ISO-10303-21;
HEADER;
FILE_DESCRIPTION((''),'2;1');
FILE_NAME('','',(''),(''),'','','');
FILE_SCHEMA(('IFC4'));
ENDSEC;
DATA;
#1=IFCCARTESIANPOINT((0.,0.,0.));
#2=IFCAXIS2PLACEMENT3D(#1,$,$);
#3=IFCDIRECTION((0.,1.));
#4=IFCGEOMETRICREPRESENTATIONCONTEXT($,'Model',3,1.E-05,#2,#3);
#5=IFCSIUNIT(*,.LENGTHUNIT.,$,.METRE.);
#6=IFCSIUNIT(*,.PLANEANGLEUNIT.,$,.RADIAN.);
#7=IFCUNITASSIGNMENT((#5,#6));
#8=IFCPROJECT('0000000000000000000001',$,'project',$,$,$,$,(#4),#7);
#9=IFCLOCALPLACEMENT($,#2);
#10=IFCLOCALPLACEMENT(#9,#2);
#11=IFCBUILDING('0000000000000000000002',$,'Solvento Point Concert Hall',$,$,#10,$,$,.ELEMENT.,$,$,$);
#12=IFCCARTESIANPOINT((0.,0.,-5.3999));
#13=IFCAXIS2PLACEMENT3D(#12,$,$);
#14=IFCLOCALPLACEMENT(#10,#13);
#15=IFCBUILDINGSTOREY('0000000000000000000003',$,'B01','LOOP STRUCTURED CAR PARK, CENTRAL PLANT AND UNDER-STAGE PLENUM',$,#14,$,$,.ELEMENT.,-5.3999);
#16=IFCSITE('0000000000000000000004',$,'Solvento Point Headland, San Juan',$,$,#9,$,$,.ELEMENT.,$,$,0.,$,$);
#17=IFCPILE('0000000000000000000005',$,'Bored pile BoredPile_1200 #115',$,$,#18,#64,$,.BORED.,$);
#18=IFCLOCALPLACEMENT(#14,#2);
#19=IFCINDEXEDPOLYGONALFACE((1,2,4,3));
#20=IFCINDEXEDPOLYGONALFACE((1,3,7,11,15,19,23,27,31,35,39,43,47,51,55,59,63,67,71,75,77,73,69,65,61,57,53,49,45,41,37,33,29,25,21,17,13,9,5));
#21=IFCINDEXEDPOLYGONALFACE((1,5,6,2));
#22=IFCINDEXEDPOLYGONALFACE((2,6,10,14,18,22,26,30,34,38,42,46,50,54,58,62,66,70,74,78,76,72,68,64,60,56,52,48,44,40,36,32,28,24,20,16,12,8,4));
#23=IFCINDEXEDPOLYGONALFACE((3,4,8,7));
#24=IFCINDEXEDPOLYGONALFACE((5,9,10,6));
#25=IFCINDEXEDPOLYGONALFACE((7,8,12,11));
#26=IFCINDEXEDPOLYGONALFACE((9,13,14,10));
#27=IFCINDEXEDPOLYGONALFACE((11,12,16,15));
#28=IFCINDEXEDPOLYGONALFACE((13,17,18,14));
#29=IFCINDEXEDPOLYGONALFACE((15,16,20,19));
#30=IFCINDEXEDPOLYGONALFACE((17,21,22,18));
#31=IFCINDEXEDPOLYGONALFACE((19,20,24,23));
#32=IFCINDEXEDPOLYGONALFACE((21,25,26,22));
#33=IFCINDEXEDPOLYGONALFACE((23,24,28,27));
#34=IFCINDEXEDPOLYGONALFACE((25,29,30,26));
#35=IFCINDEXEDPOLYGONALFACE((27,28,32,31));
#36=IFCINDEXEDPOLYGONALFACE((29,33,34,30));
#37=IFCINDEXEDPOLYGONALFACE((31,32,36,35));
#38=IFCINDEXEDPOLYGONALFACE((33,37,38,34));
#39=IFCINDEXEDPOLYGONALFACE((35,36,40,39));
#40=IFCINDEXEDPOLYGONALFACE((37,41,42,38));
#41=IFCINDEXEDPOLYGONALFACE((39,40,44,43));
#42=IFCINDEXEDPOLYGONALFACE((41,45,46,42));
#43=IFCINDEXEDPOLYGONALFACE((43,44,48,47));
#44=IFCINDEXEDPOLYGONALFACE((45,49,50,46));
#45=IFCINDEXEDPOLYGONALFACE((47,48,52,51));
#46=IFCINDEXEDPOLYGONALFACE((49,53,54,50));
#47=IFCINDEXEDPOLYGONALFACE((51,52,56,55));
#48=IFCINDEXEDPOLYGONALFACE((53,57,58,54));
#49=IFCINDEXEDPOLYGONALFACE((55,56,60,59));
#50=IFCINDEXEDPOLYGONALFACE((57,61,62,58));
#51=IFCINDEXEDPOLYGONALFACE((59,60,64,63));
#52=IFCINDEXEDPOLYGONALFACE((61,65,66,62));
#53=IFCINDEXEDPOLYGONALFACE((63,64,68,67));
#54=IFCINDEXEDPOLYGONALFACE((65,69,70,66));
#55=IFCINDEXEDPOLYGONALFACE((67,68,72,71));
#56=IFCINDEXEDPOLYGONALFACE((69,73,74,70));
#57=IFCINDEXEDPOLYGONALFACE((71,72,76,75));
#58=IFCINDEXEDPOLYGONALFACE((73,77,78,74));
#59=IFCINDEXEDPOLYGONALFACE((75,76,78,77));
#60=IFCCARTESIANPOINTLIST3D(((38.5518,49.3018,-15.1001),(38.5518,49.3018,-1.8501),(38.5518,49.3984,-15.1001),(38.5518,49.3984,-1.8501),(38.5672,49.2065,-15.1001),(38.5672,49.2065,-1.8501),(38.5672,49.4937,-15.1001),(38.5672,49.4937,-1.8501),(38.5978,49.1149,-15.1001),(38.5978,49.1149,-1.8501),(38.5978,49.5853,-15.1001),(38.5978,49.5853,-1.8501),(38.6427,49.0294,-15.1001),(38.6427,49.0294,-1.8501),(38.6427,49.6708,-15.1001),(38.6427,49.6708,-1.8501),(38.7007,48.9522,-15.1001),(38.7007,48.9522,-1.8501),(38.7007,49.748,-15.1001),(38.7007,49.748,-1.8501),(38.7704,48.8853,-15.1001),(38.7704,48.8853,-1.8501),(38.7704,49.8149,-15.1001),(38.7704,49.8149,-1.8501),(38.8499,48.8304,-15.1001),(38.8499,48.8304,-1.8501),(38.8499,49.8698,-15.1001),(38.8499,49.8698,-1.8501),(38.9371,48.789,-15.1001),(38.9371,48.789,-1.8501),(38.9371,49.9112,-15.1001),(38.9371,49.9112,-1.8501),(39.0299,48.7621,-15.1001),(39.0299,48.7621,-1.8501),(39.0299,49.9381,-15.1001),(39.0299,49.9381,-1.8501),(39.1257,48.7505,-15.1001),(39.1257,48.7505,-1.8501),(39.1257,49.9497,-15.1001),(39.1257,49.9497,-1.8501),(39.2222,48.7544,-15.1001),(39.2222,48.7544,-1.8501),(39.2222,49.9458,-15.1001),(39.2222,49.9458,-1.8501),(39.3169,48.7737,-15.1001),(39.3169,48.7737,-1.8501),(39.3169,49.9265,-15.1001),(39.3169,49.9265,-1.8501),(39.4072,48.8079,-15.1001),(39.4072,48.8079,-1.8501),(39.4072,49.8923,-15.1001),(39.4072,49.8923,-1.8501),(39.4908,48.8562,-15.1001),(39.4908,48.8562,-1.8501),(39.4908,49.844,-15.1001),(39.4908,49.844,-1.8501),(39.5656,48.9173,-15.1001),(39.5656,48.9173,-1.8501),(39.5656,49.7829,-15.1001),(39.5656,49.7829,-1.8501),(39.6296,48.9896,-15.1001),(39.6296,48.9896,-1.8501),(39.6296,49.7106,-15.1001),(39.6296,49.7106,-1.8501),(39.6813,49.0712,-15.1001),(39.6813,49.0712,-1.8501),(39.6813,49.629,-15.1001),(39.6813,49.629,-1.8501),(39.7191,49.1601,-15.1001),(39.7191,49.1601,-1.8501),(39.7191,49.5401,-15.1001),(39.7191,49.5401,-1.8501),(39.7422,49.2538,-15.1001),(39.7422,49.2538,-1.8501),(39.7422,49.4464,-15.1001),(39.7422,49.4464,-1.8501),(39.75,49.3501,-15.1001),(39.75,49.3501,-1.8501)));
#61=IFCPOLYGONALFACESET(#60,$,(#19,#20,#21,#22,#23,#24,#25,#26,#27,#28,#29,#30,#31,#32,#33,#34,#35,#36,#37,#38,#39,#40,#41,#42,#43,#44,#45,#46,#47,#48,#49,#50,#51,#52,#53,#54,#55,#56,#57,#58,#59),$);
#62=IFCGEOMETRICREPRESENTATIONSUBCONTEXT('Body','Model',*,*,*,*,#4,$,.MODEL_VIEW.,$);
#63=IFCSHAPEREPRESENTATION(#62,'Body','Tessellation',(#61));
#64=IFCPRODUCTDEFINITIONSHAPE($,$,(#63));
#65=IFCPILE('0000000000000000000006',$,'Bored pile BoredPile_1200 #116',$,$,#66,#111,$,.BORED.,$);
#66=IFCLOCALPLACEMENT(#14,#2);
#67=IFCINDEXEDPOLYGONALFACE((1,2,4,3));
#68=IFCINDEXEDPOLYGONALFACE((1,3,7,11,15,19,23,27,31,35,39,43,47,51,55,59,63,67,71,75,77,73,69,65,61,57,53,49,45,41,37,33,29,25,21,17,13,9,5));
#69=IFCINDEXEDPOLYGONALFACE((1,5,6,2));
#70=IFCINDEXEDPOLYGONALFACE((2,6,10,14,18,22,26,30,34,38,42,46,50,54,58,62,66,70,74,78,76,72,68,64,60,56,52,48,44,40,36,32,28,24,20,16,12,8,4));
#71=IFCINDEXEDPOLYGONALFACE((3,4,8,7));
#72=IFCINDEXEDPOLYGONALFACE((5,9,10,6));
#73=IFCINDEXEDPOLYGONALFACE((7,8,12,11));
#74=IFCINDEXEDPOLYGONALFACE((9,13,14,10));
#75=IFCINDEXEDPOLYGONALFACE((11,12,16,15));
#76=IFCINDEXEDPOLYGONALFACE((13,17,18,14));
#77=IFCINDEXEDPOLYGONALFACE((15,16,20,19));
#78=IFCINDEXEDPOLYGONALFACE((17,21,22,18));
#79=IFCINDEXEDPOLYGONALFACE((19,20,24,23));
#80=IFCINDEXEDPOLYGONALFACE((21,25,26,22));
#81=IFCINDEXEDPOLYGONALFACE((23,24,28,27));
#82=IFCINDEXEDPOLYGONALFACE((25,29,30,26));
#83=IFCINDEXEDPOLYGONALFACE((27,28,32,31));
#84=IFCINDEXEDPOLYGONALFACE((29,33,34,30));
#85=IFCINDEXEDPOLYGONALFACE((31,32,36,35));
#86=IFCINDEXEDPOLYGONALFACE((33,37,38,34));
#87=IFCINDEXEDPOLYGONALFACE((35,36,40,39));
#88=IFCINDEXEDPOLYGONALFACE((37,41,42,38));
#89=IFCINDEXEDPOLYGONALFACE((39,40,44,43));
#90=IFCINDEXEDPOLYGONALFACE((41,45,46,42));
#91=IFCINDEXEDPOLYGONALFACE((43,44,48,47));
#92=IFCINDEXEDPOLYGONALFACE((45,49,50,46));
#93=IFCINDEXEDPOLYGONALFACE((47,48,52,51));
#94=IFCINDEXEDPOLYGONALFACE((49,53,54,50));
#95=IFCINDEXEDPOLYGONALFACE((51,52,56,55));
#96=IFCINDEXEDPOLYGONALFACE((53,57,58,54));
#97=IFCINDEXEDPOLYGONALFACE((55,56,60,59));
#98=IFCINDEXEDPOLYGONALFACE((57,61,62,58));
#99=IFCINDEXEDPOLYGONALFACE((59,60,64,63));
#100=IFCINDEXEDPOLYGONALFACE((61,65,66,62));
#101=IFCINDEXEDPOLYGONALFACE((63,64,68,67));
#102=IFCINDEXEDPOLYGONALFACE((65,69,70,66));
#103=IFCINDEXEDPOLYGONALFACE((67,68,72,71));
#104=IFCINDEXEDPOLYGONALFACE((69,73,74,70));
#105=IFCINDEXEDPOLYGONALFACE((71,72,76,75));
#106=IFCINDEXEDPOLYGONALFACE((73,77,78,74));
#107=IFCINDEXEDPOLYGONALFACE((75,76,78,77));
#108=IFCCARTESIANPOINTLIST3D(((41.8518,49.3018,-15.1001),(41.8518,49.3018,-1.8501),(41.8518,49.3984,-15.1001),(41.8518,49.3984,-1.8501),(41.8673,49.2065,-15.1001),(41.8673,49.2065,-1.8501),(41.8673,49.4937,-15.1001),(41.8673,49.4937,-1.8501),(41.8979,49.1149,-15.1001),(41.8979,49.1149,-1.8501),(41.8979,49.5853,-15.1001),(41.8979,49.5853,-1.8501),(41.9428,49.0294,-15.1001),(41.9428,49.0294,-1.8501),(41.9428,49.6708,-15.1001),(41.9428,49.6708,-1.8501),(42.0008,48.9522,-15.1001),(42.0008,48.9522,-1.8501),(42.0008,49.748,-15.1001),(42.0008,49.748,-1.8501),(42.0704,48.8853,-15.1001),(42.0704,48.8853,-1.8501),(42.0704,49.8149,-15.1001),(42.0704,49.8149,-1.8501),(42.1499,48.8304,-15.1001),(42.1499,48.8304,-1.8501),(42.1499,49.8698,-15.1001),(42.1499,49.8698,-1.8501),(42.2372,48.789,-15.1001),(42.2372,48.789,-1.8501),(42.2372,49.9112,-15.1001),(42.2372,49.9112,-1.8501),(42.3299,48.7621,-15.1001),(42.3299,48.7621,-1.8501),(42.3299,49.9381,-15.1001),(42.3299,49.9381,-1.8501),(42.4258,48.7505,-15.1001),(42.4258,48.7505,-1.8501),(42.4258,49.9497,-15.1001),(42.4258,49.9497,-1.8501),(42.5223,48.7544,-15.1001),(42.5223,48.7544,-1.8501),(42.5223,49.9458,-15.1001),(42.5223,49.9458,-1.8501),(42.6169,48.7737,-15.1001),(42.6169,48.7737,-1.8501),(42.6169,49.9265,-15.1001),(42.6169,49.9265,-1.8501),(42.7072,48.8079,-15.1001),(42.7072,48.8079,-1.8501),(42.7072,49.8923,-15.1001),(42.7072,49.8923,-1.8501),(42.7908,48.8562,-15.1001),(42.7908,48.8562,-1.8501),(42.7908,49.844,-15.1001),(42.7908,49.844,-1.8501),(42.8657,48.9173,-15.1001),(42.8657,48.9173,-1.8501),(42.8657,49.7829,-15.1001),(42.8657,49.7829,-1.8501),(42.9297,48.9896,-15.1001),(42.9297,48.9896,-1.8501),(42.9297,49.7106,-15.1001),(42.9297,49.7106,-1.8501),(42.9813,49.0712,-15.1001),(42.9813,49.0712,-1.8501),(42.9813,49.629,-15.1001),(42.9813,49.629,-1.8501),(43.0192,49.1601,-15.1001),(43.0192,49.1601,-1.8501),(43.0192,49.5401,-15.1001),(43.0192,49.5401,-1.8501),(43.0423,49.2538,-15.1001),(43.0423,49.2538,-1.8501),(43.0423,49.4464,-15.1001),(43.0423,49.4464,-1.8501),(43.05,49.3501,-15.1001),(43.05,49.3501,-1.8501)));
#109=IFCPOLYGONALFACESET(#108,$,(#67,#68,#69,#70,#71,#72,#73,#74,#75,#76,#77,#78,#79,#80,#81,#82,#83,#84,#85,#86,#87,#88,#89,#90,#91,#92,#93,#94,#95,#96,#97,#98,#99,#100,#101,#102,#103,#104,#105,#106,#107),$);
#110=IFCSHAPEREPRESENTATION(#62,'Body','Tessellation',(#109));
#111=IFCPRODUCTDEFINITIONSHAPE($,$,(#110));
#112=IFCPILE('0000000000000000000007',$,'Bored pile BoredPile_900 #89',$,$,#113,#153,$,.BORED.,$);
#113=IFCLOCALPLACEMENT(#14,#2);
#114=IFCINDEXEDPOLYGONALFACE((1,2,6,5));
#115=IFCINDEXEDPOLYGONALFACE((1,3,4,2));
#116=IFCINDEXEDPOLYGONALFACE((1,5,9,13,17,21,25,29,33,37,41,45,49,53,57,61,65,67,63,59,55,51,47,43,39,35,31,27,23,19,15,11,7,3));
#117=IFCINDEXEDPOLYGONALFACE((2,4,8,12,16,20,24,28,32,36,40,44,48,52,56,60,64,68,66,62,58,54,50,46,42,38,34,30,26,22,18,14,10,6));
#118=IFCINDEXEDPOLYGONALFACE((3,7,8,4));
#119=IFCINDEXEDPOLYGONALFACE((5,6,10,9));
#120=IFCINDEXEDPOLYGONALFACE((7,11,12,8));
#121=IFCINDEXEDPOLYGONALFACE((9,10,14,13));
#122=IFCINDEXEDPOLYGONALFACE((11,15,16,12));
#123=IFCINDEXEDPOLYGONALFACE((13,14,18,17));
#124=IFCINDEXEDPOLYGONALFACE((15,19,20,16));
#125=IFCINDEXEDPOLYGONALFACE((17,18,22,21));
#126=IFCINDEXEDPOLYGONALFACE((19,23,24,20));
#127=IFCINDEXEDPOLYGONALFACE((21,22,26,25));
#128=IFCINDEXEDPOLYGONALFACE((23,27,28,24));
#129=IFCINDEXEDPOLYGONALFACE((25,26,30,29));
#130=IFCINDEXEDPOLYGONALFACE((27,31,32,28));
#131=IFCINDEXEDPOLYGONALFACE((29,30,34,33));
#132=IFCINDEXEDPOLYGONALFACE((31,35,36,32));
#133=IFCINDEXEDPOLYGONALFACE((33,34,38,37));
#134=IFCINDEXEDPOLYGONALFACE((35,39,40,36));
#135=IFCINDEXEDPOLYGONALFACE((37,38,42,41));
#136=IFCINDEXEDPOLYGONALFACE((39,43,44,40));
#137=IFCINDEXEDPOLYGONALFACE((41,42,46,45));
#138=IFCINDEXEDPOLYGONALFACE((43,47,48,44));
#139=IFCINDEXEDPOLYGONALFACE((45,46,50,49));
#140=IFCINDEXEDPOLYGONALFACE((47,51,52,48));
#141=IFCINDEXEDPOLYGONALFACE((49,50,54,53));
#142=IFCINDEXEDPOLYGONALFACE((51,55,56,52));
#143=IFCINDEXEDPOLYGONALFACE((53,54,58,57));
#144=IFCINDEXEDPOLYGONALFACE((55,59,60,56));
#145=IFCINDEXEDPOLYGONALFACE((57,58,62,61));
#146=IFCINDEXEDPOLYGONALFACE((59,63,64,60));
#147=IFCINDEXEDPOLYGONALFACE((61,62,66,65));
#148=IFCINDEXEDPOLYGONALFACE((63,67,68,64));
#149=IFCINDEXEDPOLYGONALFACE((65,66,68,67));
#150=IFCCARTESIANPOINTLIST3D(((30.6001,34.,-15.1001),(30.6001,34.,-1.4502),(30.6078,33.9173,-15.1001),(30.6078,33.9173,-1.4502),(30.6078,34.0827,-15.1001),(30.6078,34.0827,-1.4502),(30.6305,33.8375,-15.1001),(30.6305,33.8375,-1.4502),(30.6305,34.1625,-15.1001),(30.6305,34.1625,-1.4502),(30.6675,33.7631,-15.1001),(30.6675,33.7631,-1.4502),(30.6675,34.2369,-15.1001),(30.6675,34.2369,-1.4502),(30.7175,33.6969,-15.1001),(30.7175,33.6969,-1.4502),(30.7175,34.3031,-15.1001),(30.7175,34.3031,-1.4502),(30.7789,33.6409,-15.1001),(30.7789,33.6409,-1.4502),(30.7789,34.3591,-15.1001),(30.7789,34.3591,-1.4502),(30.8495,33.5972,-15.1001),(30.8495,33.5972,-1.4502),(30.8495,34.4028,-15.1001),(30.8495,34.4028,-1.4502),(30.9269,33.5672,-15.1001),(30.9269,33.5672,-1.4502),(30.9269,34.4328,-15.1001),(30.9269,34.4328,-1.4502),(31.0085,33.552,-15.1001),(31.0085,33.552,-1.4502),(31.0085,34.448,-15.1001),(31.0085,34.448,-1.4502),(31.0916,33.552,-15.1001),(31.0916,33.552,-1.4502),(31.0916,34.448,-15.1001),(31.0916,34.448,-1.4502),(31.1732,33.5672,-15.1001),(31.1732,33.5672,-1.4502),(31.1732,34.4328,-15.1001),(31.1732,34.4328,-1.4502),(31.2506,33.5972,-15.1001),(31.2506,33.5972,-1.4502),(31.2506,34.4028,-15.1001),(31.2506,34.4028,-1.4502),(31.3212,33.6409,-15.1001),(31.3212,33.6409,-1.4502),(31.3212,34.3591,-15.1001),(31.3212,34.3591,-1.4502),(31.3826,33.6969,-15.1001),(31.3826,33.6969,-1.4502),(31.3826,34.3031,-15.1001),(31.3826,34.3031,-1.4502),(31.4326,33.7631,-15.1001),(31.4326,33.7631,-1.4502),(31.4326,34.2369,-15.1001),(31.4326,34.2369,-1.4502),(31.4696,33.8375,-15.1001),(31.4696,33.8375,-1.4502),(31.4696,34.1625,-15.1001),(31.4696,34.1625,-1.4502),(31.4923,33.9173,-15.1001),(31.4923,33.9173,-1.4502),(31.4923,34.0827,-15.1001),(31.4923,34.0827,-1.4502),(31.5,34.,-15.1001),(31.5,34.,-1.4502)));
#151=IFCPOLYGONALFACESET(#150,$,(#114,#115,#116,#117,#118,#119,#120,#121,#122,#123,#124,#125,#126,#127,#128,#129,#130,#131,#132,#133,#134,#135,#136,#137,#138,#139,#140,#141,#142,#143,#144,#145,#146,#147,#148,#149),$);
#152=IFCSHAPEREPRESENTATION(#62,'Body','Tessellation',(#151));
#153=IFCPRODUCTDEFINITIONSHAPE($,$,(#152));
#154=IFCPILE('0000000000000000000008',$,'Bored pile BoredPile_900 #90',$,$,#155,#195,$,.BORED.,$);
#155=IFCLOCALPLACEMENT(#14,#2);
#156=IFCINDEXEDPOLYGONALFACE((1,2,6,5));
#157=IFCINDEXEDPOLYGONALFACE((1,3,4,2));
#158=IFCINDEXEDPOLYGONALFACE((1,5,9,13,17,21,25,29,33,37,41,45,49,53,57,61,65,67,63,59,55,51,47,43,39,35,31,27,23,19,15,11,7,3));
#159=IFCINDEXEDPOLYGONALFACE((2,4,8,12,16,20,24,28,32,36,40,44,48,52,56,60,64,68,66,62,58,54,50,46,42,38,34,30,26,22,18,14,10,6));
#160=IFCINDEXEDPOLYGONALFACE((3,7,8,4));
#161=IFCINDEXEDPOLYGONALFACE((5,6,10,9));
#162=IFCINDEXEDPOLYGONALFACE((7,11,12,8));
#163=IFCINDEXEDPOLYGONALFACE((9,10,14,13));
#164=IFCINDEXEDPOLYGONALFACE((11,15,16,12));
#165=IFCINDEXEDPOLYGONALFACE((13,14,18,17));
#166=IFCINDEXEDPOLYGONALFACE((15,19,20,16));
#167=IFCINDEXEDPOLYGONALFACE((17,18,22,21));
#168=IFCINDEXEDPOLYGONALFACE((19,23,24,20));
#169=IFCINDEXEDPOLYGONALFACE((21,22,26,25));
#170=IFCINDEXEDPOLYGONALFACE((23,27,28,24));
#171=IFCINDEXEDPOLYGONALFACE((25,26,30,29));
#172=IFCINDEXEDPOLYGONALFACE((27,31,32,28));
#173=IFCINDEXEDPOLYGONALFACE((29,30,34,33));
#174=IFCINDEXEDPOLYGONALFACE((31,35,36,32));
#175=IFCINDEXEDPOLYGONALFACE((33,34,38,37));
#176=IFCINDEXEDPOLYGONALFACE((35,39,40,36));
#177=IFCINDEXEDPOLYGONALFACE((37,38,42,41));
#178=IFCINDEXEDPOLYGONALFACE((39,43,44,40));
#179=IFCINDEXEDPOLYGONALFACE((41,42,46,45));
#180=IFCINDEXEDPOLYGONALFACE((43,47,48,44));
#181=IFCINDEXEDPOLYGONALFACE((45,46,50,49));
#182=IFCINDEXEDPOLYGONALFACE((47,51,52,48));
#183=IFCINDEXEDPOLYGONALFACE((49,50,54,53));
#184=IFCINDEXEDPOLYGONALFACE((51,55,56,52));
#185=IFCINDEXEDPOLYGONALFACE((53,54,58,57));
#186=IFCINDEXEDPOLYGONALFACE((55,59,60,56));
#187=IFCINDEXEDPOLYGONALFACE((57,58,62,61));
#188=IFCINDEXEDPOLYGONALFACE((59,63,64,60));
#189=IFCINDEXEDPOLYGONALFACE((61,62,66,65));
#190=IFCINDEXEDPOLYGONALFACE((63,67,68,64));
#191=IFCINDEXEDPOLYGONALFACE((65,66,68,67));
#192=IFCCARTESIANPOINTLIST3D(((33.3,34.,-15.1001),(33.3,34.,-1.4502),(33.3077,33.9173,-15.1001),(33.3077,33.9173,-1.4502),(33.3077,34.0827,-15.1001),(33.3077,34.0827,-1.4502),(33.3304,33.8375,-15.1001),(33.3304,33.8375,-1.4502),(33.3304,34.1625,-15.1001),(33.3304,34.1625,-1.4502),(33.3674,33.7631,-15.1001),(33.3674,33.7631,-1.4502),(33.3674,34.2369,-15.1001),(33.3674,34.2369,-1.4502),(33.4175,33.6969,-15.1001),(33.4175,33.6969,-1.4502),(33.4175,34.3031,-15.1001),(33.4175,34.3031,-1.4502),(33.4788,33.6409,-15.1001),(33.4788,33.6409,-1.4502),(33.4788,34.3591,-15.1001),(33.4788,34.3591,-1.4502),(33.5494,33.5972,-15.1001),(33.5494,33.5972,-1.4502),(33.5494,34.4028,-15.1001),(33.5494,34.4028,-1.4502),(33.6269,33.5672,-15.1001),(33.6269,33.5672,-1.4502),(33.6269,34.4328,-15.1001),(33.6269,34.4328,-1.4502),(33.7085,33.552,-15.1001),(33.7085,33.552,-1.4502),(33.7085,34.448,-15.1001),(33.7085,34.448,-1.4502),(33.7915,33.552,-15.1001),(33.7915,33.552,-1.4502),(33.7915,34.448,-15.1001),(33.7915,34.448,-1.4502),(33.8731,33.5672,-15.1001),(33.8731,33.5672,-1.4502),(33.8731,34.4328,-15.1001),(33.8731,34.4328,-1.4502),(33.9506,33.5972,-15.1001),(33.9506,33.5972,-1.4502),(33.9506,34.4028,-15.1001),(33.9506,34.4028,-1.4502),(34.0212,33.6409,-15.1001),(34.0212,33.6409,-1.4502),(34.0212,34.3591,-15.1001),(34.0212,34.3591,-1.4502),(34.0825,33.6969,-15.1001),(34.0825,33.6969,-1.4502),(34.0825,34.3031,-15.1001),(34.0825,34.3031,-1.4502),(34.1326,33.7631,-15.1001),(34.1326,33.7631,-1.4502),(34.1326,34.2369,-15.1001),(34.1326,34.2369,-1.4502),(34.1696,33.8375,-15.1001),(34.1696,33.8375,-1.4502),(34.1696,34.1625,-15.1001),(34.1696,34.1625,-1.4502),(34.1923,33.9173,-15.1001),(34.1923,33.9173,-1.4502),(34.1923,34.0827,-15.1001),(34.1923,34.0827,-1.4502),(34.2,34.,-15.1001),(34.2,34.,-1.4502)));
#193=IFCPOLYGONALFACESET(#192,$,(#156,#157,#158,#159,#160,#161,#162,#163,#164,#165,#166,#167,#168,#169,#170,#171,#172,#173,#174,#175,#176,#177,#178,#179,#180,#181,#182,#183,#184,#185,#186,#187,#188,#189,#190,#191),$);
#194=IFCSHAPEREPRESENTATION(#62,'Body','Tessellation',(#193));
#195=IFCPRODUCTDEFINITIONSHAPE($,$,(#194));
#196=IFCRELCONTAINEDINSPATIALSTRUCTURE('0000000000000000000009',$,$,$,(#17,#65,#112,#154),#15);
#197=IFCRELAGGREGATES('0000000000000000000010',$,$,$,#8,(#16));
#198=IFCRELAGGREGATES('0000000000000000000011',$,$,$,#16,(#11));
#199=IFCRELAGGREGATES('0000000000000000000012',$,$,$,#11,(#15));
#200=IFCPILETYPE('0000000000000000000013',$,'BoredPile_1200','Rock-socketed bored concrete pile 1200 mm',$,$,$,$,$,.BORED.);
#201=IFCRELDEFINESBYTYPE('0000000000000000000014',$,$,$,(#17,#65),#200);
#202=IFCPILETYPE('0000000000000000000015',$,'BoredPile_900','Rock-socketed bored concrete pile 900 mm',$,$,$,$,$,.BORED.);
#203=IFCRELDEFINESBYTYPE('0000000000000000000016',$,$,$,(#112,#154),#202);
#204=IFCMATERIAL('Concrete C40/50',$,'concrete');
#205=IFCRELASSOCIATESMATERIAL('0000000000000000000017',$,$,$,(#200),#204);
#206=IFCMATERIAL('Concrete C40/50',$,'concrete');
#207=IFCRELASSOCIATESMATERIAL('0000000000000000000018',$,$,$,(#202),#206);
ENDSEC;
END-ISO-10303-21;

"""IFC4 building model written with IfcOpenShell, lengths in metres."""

from ifc_helpers import new_model, si_unit, direction, frame, origin, origin_2d, place, context, subcontext, project, spatial, circle, extrude, material, material_profile, profile_set, type_object, element, save


model = new_model("IFC4")

# Units and contexts
model_context = context("Model", 3, precision=1e-05, world=origin(), true_north=direction((0.0, 1.0)))
body_context = subcontext(model_context, "Body", "Model", "MODEL_VIEW")
ifc_project = project(units=[si_unit("LENGTHUNIT", "METRE"), si_unit("PLANEANGLEUNIT", "RADIAN")], contexts=[model_context])

# Site, building, storey
site_placement = place(None, origin())
site = spatial("IfcSite", under=ifc_project, at=site_placement, Name="Solvento Point Headland, San Juan", CompositionType="ELEMENT", RefElevation=0.0)
building_placement = place(site_placement, origin())
building = spatial("IfcBuilding", under=site, at=building_placement, Name="Solvento Point Concert Hall", CompositionType="ELEMENT")
storey_placement = place(building_placement, frame((0.0, 0.0, -5.3999)))
storey = spatial("IfcBuildingStorey", under=building, at=storey_placement, Name="B01", Description="LOOP STRUCTURED CAR PARK, CENTRAL PLANT AND UNDER-STAGE PLENUM", CompositionType="ELEMENT", Elevation=-5.3999)

# Piles
ifc_material_1 = material(Name="Concrete C40/50", Category="concrete")
ifc_material_profile_1 = material_profile(ifc_material_1, circle(Radius=0.6001, at=origin_2d()), Name="BP-1200")
ifc_profile_set_1 = profile_set([ifc_material_profile_1], Name="Concrete C40/50")
pile_type_1 = type_object("IfcPileType", Name="BoredPile_1200", Description="Rock-socketed bored concrete pile 1200 mm", PredefinedType="BORED", material=ifc_profile_set_1)
for number, where, z_axis, x_axis, name in (
    (1, (39.1499, 49.3501, -1.8501), (0.0, 0.0, -1.0), (1.0, 0.0, 0.0), "Bored pile BoredPile_1200 #115"),
    (2, (42.45, 49.3501, -1.8501), (0.0, 0.0, -1.0), (1.0, 0.0, 0.0), "Bored pile BoredPile_1200 #116"),
):
    element("IfcPile", number, at=place(storey_placement, frame(where, z_axis=z_axis, x_axis=x_axis)), inside=storey, type_object=pile_type_1, Name=name, PredefinedType="BORED", context=body_context, shape_type="SweptSolid", body=[
        extrude(circle(Radius=0.6001, at=origin_2d()), origin(), (0.0, 0.0, 1.0), 13.25),
    ])
ifc_material_2 = material(Name="Concrete C40/50", Category="concrete")
ifc_material_profile_2 = material_profile(ifc_material_2, circle(Radius=0.45, at=origin_2d()), Name="BP-900")
ifc_profile_set_2 = profile_set([ifc_material_profile_2], Name="Concrete C40/50")
pile_type_2 = type_object("IfcPileType", Name="BoredPile_900", Description="Rock-socketed bored concrete pile 900 mm", PredefinedType="BORED", material=ifc_profile_set_2)
for number, where, z_axis, x_axis, name in (
    (3, (31.05, 34.0, -1.4502), (0.0, 0.0, -1.0), (1.0, 0.0, 0.0), "Bored pile BoredPile_900 #89"),
    (4, (33.75, 34.0, -1.4502), (0.0, 0.0, -1.0), (1.0, 0.0, 0.0), "Bored pile BoredPile_900 #90"),
):
    element("IfcPile", number, at=place(storey_placement, frame(where, z_axis=z_axis, x_axis=x_axis)), inside=storey, type_object=pile_type_2, Name=name, PredefinedType="BORED", context=body_context, shape_type="SweptSolid", body=[
        extrude(circle(Radius=0.45, at=origin_2d()), origin(), (0.0, 0.0, 1.0), 13.6499),
    ])

save(model, "model.ifc")
